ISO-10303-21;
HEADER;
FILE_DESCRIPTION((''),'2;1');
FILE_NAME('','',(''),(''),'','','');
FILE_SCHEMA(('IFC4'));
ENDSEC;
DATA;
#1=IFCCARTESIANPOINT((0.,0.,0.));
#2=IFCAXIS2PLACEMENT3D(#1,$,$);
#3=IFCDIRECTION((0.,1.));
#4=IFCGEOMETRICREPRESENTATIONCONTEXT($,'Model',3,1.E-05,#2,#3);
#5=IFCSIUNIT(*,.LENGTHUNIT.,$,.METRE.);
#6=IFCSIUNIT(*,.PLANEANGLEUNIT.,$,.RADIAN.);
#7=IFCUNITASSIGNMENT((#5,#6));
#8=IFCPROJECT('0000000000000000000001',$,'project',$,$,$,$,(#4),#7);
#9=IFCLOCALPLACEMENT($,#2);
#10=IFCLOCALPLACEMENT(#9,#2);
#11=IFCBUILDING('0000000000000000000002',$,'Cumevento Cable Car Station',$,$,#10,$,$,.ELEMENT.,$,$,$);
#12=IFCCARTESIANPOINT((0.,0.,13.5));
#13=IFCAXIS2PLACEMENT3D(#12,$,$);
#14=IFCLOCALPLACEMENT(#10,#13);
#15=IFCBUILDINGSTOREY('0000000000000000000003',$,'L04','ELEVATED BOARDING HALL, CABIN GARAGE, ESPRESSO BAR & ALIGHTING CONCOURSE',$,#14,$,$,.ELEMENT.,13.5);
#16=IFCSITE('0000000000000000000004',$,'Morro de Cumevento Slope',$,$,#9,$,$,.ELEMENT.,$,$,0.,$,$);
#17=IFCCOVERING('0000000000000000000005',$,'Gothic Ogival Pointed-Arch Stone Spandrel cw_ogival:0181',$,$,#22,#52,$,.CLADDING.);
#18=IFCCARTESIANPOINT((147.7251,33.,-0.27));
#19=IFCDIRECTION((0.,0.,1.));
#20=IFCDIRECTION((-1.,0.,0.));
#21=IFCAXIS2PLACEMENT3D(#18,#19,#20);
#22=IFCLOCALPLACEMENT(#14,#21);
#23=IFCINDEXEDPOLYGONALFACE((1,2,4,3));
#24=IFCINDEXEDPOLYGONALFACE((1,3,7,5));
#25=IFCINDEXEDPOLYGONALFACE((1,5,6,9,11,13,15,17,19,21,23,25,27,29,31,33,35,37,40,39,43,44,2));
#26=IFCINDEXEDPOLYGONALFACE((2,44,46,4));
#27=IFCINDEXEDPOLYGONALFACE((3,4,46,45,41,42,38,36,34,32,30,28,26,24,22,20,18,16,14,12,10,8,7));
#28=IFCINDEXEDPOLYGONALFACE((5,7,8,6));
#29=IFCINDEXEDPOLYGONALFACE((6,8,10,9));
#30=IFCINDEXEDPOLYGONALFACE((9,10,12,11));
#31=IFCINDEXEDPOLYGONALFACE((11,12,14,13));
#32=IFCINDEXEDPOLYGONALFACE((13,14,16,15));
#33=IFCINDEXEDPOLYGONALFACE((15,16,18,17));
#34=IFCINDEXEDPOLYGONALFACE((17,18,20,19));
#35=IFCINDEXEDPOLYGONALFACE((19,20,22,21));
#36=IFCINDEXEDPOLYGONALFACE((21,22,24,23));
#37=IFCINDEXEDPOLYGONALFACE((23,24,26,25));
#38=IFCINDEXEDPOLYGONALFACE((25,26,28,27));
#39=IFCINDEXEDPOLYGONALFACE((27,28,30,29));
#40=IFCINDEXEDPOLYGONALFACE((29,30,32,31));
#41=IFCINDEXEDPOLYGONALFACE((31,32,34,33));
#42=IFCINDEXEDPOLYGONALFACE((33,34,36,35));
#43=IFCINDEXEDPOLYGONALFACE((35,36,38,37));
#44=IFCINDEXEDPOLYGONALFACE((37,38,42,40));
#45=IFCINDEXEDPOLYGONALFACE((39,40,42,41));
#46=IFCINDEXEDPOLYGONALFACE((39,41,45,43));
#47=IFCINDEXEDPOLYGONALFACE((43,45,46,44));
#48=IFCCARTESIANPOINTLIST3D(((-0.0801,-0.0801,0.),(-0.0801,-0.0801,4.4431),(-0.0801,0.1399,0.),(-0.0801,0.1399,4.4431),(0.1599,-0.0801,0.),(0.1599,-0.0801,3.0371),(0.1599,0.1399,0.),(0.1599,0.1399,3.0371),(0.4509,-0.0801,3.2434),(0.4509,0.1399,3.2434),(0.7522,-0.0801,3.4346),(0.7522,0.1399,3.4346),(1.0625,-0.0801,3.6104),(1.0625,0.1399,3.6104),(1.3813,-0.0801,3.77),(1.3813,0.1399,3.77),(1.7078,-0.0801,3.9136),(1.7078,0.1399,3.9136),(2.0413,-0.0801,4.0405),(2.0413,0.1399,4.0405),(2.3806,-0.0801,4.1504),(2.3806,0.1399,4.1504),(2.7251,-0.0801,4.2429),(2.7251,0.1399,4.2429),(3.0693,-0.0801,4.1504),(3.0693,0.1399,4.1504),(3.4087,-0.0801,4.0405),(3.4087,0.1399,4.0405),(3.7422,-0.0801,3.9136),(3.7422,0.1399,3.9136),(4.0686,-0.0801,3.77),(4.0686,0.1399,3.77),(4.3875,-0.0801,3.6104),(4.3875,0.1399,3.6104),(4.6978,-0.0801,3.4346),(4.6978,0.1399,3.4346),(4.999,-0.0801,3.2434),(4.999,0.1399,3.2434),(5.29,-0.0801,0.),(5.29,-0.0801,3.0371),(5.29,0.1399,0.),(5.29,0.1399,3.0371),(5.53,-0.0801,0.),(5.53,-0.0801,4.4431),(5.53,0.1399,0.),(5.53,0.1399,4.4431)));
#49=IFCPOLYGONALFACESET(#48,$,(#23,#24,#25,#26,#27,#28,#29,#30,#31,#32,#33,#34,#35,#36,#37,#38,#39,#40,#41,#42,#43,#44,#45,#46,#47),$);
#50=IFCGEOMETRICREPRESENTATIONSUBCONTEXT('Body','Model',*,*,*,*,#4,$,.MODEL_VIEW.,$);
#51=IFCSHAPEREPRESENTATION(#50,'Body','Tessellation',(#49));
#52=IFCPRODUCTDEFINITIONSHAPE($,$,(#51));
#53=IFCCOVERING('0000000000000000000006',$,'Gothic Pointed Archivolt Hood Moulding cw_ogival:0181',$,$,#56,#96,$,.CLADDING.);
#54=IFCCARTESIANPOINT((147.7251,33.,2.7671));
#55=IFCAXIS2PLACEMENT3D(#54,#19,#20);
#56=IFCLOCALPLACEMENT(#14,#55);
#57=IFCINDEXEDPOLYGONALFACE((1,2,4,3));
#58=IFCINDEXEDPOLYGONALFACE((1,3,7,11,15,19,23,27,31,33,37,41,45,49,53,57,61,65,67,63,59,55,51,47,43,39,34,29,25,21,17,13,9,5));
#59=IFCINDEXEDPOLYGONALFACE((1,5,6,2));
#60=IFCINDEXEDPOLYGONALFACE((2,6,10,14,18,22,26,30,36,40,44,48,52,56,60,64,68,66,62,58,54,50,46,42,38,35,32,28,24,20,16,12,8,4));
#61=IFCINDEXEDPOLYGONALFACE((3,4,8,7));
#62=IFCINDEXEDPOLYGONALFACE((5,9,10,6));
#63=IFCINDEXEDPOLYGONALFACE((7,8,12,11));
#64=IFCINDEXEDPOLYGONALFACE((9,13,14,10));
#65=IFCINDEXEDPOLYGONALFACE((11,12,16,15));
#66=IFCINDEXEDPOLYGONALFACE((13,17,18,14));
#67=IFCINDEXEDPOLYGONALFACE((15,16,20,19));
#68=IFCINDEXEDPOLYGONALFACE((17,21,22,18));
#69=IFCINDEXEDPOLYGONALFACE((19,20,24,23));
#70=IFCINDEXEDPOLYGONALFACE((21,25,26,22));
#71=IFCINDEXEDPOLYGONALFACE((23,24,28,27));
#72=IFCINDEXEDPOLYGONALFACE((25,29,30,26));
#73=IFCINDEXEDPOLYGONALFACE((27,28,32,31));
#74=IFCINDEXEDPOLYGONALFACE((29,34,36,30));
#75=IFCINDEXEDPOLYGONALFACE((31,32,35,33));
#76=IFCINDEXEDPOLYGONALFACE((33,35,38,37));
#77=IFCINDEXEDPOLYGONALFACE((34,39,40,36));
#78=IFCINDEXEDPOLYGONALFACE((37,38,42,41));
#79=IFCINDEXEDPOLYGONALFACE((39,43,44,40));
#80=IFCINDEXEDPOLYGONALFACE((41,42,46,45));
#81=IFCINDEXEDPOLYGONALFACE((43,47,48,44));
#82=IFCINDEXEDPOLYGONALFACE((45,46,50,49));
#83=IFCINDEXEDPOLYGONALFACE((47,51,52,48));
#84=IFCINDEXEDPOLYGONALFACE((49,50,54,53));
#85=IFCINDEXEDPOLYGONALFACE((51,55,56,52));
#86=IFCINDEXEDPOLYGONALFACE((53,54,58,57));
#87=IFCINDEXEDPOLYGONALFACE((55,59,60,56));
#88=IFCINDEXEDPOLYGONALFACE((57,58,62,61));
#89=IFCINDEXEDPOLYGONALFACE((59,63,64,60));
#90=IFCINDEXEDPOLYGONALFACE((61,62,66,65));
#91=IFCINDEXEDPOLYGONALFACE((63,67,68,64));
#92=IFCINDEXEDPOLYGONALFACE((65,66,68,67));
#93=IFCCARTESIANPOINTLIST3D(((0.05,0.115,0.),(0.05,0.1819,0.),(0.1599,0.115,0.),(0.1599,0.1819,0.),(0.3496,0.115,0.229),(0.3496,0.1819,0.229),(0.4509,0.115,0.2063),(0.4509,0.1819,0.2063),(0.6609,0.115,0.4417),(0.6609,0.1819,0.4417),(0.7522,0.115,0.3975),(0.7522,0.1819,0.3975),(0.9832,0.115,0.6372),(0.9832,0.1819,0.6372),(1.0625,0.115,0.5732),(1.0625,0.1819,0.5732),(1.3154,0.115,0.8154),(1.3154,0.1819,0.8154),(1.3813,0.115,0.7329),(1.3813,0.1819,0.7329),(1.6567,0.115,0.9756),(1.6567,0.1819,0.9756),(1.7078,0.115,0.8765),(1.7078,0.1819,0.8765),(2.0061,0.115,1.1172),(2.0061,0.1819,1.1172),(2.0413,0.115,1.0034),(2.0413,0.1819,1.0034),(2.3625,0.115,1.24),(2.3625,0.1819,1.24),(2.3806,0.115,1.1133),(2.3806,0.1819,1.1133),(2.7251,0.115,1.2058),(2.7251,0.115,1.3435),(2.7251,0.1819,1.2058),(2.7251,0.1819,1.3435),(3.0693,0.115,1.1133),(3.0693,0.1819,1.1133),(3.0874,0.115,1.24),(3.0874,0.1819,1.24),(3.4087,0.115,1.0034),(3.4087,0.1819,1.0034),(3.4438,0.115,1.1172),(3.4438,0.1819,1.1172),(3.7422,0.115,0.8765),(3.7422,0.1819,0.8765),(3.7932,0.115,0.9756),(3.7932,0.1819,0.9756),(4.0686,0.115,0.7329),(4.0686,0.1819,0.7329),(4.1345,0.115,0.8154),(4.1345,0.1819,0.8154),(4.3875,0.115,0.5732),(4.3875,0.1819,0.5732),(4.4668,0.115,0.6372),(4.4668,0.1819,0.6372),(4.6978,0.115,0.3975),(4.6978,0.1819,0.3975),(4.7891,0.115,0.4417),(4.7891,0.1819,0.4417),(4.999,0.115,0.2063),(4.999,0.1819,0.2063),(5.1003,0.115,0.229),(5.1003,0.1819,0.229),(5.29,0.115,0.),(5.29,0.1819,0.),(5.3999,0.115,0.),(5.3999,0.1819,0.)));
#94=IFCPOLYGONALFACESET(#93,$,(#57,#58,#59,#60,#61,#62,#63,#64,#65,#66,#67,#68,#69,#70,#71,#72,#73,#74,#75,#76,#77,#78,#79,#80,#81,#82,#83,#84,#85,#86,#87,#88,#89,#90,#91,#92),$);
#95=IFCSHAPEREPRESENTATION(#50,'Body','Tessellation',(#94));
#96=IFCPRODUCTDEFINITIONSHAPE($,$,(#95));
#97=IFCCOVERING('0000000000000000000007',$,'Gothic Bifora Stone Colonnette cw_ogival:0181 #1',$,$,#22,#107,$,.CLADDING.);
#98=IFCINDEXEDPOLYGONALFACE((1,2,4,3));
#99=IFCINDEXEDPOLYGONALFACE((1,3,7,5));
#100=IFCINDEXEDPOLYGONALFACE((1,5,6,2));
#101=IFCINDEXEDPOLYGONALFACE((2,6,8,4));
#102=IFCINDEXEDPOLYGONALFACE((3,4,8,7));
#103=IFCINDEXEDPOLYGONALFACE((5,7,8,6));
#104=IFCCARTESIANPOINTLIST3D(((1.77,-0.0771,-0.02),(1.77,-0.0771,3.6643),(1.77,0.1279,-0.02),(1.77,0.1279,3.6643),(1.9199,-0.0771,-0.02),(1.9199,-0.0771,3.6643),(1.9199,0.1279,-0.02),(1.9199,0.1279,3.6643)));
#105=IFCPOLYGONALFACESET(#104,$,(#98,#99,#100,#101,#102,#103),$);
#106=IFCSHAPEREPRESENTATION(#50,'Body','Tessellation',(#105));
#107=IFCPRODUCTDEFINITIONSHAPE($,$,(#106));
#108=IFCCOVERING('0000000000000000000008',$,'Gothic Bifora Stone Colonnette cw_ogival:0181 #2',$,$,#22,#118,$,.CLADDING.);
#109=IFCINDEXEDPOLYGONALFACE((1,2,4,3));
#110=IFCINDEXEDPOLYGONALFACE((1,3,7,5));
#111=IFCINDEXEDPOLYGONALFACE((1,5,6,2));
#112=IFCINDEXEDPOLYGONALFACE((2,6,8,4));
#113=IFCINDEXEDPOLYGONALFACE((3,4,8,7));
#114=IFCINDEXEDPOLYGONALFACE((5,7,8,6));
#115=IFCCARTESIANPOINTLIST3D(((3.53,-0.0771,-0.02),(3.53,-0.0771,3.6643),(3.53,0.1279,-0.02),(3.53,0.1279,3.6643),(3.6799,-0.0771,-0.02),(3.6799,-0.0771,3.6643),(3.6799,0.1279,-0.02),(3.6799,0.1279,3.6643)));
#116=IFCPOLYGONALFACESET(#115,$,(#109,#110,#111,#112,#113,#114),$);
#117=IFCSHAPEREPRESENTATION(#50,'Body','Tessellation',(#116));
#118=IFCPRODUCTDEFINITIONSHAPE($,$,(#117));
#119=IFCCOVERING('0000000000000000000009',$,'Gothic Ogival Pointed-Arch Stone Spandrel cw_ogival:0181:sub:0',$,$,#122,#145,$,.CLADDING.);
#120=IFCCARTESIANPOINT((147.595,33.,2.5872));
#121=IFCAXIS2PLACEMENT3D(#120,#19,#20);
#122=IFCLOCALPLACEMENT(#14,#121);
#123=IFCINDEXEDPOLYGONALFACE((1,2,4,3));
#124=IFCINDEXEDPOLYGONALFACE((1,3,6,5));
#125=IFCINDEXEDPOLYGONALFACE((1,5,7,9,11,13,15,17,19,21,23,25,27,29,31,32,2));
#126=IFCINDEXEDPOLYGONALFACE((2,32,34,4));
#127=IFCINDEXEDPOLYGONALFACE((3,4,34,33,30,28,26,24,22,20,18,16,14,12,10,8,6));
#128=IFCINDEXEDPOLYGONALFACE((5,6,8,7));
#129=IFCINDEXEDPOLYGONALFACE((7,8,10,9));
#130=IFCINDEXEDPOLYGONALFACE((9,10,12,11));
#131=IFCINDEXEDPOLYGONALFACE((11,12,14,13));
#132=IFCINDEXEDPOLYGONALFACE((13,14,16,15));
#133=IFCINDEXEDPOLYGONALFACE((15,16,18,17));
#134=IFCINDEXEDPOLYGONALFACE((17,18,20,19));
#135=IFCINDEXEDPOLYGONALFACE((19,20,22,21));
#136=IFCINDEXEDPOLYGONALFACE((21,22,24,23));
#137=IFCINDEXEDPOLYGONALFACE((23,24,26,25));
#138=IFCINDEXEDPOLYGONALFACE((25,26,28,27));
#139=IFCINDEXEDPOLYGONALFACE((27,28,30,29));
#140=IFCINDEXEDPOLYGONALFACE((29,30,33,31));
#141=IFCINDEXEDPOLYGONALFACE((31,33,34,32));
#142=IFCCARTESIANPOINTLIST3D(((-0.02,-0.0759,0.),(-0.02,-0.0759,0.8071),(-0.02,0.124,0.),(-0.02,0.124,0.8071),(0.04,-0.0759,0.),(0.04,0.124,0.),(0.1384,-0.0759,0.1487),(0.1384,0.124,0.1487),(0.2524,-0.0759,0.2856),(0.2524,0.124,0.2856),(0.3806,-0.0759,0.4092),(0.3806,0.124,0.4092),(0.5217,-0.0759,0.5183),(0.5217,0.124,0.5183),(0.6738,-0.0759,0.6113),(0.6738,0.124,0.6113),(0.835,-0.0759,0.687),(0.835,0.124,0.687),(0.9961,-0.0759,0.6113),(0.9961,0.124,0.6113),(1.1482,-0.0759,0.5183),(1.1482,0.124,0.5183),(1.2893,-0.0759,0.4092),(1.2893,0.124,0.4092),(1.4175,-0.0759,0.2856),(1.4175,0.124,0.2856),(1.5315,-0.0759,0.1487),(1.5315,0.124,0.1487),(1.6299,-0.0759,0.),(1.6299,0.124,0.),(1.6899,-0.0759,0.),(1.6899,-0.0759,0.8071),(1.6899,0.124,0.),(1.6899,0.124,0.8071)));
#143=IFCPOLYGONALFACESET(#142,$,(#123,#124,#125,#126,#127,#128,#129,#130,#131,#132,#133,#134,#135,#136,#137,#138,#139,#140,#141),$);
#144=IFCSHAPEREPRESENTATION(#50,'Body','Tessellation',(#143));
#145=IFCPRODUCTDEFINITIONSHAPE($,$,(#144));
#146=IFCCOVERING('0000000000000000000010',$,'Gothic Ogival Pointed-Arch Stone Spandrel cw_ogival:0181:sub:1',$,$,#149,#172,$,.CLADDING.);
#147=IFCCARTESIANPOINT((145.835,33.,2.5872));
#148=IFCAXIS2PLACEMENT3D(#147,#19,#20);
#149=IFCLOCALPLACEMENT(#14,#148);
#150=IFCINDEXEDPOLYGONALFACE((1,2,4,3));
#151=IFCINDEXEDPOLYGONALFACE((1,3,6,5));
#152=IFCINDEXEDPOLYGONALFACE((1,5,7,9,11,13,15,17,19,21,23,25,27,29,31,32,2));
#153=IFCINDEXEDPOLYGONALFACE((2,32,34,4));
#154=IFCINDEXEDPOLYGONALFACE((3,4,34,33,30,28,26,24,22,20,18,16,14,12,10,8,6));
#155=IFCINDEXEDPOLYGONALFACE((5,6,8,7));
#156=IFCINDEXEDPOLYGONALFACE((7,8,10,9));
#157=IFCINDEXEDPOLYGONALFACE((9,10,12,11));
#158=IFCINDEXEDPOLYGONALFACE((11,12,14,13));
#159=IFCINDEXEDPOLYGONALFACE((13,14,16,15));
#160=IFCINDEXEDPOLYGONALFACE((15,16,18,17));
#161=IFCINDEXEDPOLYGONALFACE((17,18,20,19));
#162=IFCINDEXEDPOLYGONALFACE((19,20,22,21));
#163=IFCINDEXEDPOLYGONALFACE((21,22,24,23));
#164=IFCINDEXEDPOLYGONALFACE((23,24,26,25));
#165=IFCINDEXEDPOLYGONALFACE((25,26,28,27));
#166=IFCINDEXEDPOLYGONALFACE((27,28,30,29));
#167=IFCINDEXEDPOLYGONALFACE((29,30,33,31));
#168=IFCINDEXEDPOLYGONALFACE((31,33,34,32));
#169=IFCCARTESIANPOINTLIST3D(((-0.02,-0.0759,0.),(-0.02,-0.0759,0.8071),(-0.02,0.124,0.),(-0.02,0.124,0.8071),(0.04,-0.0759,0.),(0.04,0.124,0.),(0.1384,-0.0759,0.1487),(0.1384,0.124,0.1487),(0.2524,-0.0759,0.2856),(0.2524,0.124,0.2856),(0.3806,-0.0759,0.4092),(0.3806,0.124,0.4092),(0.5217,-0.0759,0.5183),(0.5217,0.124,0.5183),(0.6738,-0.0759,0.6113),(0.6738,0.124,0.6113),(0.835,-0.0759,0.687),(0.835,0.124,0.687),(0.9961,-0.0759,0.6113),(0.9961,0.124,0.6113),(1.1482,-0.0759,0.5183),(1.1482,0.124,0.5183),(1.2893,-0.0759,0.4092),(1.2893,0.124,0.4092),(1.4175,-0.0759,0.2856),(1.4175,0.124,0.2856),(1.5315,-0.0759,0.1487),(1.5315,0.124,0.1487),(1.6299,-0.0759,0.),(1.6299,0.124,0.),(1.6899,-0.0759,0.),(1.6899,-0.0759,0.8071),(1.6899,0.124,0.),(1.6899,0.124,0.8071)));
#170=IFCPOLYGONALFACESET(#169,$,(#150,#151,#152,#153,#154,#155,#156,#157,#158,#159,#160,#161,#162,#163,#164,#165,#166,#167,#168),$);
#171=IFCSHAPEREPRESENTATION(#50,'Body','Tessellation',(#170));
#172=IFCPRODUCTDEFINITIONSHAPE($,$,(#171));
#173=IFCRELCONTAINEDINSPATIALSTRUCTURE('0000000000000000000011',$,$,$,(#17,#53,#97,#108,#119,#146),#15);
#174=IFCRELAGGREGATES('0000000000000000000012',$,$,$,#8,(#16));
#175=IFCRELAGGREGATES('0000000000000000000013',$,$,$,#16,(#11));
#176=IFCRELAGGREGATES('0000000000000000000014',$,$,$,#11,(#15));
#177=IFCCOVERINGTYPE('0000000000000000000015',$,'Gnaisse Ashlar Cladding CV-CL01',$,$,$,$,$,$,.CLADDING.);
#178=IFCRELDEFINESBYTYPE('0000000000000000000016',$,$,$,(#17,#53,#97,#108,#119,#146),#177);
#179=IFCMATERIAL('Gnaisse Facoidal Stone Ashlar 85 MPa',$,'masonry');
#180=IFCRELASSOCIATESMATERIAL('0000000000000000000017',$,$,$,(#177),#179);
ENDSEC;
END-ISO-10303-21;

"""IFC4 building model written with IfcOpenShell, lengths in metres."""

from ifc_helpers import new_model, si_unit, direction, frame, origin, place, context, subcontext, project, spatial, polyline, outline, extrude, material, type_object, element, save


model = new_model("IFC4")

# Units and contexts
model_context = context("Model", 3, precision=1e-05, world=origin(), true_north=direction((0.0, 1.0)))
body_context = subcontext(model_context, "Body", "Model", "MODEL_VIEW")
ifc_project = project(units=[si_unit("LENGTHUNIT", "METRE"), si_unit("PLANEANGLEUNIT", "RADIAN")], contexts=[model_context])

# Site, building, storey
site_placement = place(None, origin())
site = spatial("IfcSite", under=ifc_project, at=site_placement, Name="Morro de Cumevento Slope", CompositionType="ELEMENT", RefElevation=0.0)
building_placement = place(site_placement, origin())
building = spatial("IfcBuilding", under=site, at=building_placement, Name="Cumevento Cable Car Station", CompositionType="ELEMENT")
storey_placement = place(building_placement, frame((0.0, 0.0, 13.5)))
storey = spatial("IfcBuildingStorey", under=building, at=storey_placement, Name="L04", Description="ELEVATED BOARDING HALL, CABIN GARAGE, ESPRESSO BAR & ALIGHTING CONCOURSE", CompositionType="ELEMENT", Elevation=13.5)

# Coverings
ifc_material_1 = material(Name="Gnaisse Facoidal Stone Ashlar 85 MPa", Category="masonry")
covering_type = type_object("IfcCoveringType", Name="Gnaisse Ashlar Cladding CV-CL01", PredefinedType="CLADDING", material=ifc_material_1)
placement = place(storey_placement, frame((147.7251, 33.0, -0.27), z_axis=(0.0, 0.0, 1.0), x_axis=(-1.0, 0.0, 0.0)))
element("IfcCovering", 1, at=placement, inside=storey, type_object=covering_type, Name="Gothic Ogival Pointed-Arch Stone Spandrel cw_ogival:0181", PredefinedType="CLADDING", context=body_context, shape_type="SweptSolid", body=[
    extrude(outline(polyline([(-0.0801, 0.0), (-0.0801, 4.4431), (5.53, 4.4431), (5.53, 0.0), (5.29, 0.0), (5.29, 3.0371), (4.999, 3.2434), (4.6978, 3.4346), (4.3875, 3.6104), (4.0686, 3.77), (3.7422, 3.9136), (3.4087, 4.0405), (3.0693, 4.1504), (2.7251, 4.2429), (2.3806, 4.1504), (2.0413, 4.0405), (1.7078, 3.9136), (1.3813, 3.77), (1.0625, 3.6104), (0.7522, 3.4346), (0.4509, 3.2434), (0.1599, 3.0371), (0.1599, 0.0), (-0.0801, 0.0)])), frame((0.0, 0.1399, 0.0), z_axis=(0.0, -1.0, 0.0), x_axis=(1.0, 0.0, 0.0)), (0.0, 0.0, 1.0), 0.22),
])
covering_1_placement = place(storey_placement, frame((147.7251, 33.0, 2.7671), z_axis=(0.0, 0.0, 1.0), x_axis=(-1.0, 0.0, 0.0)))
element("IfcCovering", 2, at=covering_1_placement, inside=storey, type_object=covering_type, Name="Gothic Pointed Archivolt Hood Moulding cw_ogival:0181", PredefinedType="CLADDING", context=body_context, shape_type="SweptSolid", body=[
    extrude(outline(polyline([(0.1599, 0.0), (0.4509, 0.2063), (0.7522, 0.3975), (1.0625, 0.5732), (1.3813, 0.7329), (1.7078, 0.8765), (2.0413, 1.0034), (2.3806, 1.1133), (2.7251, 1.2058), (3.0693, 1.1133), (3.4087, 1.0034), (3.7422, 0.8765), (4.0686, 0.7329), (4.3875, 0.5732), (4.6978, 0.3975), (4.999, 0.2063), (5.29, 0.0), (5.3999, 0.0), (5.1003, 0.229), (4.7891, 0.4417), (4.4668, 0.6372), (4.1345, 0.8154), (3.7932, 0.9756), (3.4438, 1.1172), (3.0874, 1.24), (2.7251, 1.3435), (2.3625, 1.24), (2.0061, 1.1172), (1.6567, 0.9756), (1.3154, 0.8154), (0.9832, 0.6372), (0.6609, 0.4417), (0.3496, 0.229), (0.05, 0.0), (0.1599, 0.0)])), frame((0.0, 0.1819, 0.0), z_axis=(0.0, -1.0, 0.0), x_axis=(1.0, 0.0, 0.0)), (0.0, 0.0, 1.0), 0.0669),
])
element("IfcCovering", 3, at=placement, inside=storey, type_object=covering_type, Name="Gothic Bifora Stone Colonnette cw_ogival:0181 #1", PredefinedType="CLADDING", context=body_context, shape_type="SweptSolid", body=[
    extrude(outline(polyline([(1.77, -0.02), (1.9199, -0.02), (1.9199, 3.6643), (1.77, 3.6643), (1.77, -0.02)])), frame((0.0, 0.1279, 0.0), z_axis=(0.0, -1.0, 0.0), x_axis=(1.0, 0.0, 0.0)), (0.0, 0.0, 1.0), 0.2051),
])
element("IfcCovering", 4, at=placement, inside=storey, type_object=covering_type, Name="Gothic Bifora Stone Colonnette cw_ogival:0181 #2", PredefinedType="CLADDING", context=body_context, shape_type="SweptSolid", body=[
    extrude(outline(polyline([(3.53, -0.02), (3.6799, -0.02), (3.6799, 3.6643), (3.53, 3.6643), (3.53, -0.02)])), frame((0.0, 0.1279, 0.0), z_axis=(0.0, -1.0, 0.0), x_axis=(1.0, 0.0, 0.0)), (0.0, 0.0, 1.0), 0.2051),
])
for number, where, z_axis, x_axis, name in (
    (5, (147.595, 33.0, 2.5872), (0.0, 0.0, 1.0), (-1.0, 0.0, 0.0), "Gothic Ogival Pointed-Arch Stone Spandrel cw_ogival:0181:sub:0"),
    (6, (145.835, 33.0, 2.5872), (0.0, 0.0, 1.0), (-1.0, 0.0, 0.0), "Gothic Ogival Pointed-Arch Stone Spandrel cw_ogival:0181:sub:1"),
):
    element("IfcCovering", number, at=place(storey_placement, frame(where, z_axis=z_axis, x_axis=x_axis)), inside=storey, type_object=covering_type, Name=name, PredefinedType="CLADDING", context=body_context, shape_type="SweptSolid", body=[
        extrude(outline(polyline([(-0.02, 0.0), (-0.02, 0.8071), (1.6899, 0.8071), (1.6899, 0.0), (1.6299, 0.0), (1.5315, 0.1487), (1.4175, 0.2856), (1.2893, 0.4092), (1.1482, 0.5183), (0.9961, 0.6113), (0.835, 0.687), (0.6738, 0.6113), (0.5217, 0.5183), (0.3806, 0.4092), (0.2524, 0.2856), (0.1384, 0.1487), (0.04, 0.0), (-0.02, 0.0)])), frame((0.0, 0.124, 0.0), z_axis=(0.0, -1.0, 0.0), x_axis=(1.0, 0.0, 0.0)), (0.0, 0.0, 1.0), 0.2),
    ])

save(model, "model.ifc")
